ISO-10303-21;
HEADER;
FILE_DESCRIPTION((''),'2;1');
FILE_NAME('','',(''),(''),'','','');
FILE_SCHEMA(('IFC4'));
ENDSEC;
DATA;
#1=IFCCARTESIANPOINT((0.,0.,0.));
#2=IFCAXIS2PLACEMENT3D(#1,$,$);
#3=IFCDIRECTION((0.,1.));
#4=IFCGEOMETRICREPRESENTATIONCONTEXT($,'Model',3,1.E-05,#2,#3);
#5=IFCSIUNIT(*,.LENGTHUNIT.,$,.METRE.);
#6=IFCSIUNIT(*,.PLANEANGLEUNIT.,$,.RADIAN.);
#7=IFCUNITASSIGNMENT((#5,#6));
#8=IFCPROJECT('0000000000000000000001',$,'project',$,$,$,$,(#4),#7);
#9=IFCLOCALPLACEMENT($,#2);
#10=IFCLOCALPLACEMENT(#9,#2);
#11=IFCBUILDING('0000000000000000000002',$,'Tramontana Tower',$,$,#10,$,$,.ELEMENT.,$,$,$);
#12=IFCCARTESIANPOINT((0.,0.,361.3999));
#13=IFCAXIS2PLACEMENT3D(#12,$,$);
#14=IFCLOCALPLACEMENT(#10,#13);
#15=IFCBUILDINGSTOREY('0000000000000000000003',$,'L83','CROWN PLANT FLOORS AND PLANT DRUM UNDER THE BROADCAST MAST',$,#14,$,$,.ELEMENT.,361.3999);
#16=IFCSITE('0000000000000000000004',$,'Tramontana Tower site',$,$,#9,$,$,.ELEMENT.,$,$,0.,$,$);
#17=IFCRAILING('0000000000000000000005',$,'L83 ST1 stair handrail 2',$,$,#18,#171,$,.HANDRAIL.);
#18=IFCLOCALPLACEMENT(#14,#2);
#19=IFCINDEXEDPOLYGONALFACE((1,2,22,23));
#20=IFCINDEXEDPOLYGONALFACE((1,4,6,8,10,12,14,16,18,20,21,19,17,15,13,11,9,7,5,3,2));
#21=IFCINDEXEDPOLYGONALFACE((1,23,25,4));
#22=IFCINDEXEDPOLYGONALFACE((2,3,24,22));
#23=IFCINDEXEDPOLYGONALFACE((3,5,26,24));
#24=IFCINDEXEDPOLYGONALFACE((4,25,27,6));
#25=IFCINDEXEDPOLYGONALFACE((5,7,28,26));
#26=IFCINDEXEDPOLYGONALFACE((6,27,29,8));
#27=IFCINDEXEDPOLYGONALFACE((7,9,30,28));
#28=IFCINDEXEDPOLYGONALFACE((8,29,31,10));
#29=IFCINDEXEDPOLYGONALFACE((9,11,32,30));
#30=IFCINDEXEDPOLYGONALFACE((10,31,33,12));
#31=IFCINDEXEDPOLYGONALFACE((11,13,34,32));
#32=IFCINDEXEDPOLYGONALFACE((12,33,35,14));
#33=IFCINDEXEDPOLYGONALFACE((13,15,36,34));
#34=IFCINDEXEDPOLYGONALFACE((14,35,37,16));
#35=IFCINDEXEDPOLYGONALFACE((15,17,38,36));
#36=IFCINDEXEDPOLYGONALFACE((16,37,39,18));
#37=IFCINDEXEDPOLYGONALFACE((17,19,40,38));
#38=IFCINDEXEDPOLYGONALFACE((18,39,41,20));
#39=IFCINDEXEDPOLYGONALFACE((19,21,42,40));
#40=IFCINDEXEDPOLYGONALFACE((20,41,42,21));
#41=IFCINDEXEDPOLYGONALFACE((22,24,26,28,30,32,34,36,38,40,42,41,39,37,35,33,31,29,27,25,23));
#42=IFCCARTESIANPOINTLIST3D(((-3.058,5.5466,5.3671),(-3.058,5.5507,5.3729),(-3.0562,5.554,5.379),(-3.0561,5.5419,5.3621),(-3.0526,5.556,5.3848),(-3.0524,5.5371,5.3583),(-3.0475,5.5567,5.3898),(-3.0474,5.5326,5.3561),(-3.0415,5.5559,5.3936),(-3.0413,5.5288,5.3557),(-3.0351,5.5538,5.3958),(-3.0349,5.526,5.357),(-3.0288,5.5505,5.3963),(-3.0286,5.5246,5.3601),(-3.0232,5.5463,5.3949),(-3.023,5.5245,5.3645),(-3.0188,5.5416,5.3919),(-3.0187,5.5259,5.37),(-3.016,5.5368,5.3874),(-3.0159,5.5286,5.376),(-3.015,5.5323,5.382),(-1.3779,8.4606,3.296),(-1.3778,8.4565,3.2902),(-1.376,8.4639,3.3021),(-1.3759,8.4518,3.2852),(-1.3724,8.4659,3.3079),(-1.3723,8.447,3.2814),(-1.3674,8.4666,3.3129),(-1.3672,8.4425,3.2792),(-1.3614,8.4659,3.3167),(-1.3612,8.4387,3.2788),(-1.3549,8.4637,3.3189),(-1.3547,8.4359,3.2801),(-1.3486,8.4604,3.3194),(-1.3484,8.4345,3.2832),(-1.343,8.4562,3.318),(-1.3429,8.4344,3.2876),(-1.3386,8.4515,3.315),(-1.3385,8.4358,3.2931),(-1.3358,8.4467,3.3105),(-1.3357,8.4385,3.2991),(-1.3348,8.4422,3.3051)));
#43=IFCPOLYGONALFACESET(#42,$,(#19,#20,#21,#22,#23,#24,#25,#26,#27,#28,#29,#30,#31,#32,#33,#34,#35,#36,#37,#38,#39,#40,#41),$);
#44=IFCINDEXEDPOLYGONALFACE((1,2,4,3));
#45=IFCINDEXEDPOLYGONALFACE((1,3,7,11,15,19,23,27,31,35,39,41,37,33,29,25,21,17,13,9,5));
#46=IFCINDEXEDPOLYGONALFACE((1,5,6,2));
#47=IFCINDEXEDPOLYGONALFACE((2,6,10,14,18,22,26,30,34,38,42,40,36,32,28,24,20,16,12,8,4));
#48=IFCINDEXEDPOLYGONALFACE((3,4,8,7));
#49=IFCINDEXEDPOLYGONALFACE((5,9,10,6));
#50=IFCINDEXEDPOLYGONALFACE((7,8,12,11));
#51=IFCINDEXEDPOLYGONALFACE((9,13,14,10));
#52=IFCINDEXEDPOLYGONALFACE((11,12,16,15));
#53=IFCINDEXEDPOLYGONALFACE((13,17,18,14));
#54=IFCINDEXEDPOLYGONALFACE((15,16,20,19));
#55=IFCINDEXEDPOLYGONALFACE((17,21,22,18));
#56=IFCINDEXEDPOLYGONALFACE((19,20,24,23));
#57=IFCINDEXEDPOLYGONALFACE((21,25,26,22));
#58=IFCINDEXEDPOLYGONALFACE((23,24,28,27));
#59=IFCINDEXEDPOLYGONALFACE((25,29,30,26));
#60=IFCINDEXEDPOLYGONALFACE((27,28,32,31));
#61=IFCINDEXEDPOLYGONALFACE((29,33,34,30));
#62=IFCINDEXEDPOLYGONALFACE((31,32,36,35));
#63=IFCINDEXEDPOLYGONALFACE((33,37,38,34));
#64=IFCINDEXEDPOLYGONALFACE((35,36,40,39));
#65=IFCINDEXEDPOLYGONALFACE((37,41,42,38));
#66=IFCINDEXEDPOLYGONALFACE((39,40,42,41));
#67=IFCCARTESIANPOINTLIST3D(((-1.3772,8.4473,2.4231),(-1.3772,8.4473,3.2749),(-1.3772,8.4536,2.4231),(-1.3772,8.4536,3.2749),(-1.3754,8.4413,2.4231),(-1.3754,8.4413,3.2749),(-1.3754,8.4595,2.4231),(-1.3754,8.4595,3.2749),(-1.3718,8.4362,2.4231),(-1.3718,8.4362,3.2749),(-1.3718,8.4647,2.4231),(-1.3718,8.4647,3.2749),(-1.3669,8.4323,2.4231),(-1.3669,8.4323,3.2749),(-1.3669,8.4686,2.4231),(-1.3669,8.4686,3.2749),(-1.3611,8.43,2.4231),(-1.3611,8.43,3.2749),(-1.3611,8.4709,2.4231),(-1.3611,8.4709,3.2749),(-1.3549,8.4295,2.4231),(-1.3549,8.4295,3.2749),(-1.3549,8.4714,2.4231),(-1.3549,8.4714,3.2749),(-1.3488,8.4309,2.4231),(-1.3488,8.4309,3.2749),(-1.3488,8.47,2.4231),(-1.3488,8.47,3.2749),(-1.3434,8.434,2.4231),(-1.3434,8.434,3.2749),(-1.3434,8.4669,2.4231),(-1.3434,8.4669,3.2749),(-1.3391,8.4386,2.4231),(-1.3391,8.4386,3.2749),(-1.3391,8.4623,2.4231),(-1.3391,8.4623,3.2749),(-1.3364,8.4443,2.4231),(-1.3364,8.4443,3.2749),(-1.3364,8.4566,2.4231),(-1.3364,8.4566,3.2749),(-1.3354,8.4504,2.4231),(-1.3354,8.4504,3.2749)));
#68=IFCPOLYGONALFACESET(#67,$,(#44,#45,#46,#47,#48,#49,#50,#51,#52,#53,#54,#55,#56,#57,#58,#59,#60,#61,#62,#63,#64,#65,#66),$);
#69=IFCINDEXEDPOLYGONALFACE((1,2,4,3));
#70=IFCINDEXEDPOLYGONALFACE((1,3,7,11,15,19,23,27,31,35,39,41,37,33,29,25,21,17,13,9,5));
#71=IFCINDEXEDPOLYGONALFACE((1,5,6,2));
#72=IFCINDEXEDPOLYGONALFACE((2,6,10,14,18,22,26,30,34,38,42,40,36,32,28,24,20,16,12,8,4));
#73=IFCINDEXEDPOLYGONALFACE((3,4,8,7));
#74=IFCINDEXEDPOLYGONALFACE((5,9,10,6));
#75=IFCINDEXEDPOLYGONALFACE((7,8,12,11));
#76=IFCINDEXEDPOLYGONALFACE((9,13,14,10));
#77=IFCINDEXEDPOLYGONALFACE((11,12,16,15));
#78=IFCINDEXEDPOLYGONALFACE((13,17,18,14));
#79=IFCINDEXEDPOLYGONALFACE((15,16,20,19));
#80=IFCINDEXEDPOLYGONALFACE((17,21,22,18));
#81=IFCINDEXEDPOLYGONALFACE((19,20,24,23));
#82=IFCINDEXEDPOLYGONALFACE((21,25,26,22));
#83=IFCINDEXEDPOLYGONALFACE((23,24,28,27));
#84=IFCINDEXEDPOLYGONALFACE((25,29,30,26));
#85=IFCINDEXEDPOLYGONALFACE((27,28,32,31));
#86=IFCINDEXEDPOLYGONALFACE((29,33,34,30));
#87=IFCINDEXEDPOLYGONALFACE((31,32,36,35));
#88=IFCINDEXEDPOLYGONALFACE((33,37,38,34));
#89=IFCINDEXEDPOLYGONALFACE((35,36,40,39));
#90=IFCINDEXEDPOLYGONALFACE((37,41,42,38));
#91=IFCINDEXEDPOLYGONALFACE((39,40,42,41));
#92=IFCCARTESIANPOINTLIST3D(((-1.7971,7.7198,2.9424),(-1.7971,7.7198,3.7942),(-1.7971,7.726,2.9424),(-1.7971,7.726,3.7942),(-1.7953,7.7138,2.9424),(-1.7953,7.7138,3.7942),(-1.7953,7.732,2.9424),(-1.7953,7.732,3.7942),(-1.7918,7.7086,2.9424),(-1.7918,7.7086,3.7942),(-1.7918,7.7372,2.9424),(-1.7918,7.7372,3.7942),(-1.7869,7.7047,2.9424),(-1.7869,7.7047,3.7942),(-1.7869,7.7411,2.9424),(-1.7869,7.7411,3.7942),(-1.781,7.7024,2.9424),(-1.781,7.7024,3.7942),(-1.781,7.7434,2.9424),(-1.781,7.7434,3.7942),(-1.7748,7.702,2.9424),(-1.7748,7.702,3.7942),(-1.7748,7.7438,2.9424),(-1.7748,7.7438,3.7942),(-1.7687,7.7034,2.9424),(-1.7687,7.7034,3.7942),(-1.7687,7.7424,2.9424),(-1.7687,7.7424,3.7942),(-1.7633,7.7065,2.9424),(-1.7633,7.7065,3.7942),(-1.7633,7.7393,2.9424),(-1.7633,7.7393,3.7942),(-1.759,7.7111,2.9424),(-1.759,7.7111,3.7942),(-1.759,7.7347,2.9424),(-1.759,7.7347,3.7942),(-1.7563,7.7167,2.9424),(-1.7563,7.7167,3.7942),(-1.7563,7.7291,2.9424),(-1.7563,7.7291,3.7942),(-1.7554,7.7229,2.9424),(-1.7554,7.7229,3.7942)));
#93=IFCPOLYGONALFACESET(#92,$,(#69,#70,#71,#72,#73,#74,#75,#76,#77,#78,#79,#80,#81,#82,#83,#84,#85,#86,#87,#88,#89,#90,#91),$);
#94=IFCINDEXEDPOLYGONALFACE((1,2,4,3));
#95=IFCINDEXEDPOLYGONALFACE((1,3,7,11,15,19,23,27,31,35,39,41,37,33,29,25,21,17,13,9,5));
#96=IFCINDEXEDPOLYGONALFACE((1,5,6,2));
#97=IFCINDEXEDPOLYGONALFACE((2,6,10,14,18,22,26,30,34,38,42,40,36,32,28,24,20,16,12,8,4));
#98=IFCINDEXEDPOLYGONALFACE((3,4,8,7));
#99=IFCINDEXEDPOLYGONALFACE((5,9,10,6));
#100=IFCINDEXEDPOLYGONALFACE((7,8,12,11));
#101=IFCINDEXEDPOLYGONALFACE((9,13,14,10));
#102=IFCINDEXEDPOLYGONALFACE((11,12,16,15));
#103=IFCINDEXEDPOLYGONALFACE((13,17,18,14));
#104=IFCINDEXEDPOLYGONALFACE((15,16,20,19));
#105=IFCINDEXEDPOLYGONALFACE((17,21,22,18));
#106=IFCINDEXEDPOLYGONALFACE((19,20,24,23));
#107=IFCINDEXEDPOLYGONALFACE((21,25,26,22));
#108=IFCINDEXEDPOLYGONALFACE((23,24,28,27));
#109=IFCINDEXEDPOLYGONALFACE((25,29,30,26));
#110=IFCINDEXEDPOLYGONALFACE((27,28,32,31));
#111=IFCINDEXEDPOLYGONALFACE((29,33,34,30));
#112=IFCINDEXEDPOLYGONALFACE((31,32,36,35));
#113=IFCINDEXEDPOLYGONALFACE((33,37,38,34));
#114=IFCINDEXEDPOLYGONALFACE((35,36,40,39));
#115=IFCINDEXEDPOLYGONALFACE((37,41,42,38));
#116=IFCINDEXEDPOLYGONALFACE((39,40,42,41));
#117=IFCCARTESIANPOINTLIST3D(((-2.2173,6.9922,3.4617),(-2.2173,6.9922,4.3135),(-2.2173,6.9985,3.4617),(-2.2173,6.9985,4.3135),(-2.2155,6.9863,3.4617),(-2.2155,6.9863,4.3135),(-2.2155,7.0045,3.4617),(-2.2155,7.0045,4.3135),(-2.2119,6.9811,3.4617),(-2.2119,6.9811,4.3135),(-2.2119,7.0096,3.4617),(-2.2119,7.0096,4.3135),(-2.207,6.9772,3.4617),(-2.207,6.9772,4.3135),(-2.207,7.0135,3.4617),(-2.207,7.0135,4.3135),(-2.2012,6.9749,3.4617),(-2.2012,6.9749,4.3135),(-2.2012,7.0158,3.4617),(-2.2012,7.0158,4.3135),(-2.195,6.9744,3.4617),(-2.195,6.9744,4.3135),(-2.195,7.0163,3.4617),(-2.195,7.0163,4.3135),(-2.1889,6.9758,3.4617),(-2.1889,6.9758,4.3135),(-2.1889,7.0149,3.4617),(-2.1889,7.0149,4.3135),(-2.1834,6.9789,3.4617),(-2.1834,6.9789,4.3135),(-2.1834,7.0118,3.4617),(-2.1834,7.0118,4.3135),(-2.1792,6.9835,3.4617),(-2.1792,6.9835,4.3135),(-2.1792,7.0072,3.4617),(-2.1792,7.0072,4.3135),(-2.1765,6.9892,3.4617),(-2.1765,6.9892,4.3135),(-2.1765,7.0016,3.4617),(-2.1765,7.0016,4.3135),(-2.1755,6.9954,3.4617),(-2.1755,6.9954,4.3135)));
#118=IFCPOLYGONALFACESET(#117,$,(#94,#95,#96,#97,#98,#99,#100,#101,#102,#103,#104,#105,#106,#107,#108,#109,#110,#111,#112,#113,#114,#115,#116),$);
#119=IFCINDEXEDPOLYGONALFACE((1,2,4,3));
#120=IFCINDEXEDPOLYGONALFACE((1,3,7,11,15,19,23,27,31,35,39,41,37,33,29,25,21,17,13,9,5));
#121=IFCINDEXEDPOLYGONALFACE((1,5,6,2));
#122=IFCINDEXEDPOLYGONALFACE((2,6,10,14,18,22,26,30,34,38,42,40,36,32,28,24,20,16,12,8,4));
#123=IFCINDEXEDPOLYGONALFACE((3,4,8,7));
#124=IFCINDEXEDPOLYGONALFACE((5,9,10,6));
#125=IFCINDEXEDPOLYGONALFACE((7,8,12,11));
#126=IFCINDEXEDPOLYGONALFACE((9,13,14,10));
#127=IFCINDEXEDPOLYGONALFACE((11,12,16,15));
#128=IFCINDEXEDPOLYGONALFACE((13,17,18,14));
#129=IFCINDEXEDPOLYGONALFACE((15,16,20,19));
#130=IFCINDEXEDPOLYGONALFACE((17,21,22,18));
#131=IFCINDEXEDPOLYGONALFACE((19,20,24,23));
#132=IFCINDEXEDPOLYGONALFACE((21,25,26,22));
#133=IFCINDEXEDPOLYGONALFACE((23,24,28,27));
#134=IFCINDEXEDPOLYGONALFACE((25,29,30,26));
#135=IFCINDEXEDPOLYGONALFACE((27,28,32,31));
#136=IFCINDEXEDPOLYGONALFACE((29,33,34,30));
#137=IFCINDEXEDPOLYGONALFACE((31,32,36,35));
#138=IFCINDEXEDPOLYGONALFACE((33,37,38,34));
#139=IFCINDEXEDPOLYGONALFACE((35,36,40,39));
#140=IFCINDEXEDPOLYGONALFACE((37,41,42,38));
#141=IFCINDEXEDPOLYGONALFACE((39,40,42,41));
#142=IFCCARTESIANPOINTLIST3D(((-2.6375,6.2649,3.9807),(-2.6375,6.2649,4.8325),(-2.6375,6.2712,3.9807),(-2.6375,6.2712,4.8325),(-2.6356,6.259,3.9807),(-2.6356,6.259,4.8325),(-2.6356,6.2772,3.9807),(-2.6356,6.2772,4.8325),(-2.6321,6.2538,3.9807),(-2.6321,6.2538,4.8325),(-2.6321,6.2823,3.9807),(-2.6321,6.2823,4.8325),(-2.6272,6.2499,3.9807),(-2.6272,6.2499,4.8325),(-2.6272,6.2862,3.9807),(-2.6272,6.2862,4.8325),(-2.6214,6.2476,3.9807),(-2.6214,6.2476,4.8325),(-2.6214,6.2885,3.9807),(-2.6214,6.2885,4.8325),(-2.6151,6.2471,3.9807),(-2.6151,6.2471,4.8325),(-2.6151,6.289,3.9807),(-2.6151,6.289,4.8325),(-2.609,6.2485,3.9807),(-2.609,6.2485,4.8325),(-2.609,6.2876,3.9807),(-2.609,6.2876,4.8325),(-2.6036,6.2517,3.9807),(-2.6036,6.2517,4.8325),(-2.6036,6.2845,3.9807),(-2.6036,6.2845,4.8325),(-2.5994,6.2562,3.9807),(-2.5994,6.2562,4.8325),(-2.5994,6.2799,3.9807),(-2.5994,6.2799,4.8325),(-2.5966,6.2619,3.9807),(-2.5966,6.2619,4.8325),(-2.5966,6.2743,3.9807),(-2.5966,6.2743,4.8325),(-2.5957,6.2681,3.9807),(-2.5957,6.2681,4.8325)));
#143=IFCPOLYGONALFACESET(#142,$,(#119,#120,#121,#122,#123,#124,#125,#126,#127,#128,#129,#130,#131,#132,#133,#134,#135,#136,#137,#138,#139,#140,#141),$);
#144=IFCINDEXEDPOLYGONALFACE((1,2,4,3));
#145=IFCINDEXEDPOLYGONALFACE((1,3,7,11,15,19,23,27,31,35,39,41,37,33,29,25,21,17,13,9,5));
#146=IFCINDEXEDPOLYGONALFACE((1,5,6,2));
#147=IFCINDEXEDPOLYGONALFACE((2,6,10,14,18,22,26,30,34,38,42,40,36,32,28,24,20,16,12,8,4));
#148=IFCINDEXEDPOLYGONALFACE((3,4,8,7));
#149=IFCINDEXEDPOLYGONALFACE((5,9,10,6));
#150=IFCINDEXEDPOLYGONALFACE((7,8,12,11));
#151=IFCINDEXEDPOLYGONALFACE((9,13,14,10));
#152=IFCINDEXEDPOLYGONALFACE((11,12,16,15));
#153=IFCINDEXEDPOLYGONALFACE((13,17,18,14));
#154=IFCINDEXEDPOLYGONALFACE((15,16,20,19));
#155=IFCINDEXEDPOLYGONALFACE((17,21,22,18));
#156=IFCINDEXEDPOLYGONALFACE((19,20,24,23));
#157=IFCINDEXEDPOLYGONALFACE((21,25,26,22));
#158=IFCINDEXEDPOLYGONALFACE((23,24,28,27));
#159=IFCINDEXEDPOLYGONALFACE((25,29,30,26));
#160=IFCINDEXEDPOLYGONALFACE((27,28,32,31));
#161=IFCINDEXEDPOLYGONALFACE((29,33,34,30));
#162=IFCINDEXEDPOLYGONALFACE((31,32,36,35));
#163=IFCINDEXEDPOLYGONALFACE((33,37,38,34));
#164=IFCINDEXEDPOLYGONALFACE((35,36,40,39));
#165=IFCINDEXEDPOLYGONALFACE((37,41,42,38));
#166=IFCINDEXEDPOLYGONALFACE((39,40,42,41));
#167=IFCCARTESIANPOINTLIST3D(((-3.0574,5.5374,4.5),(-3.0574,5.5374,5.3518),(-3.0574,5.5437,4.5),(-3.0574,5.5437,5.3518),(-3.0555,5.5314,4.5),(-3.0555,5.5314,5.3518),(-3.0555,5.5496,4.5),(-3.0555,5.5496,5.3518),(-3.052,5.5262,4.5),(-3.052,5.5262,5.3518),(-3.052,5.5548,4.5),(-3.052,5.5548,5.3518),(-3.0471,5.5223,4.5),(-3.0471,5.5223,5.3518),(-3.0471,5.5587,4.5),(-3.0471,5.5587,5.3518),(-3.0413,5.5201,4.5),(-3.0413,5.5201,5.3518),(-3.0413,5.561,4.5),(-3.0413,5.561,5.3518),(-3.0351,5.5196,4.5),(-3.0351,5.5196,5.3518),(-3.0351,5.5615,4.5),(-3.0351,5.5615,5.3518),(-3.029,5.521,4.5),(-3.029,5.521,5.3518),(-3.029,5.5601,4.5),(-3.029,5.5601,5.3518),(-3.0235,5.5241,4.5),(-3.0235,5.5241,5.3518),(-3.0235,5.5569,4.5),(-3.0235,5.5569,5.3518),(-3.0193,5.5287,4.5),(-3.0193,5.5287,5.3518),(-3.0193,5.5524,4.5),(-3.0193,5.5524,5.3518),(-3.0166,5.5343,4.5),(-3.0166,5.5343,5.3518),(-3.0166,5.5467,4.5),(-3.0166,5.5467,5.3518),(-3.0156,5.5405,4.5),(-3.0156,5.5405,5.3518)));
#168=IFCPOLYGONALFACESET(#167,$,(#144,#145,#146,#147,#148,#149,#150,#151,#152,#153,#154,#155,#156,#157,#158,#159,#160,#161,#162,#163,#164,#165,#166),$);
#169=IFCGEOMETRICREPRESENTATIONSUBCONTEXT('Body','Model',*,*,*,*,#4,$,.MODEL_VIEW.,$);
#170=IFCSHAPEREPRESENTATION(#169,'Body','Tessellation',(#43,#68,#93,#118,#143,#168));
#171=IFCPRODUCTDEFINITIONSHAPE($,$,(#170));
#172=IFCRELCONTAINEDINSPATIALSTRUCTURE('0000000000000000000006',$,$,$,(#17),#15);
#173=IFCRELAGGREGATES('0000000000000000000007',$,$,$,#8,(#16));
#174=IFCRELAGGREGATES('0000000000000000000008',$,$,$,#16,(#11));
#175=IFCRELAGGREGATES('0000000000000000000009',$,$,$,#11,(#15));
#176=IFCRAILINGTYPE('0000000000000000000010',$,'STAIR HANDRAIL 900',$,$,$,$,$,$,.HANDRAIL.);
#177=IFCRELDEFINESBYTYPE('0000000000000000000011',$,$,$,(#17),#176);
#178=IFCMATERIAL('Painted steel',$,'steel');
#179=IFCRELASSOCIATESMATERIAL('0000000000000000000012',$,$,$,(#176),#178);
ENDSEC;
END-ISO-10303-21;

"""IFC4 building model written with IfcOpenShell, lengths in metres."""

from ifc_helpers import new_model, si_unit, direction, frame, origin, origin_2d, place, context, subcontext, project, spatial, circle, extrude, material, type_object, element, save


model = new_model("IFC4")

# Units and contexts
model_context = context("Model", 3, precision=1e-05, world=origin(), true_north=direction((0.0, 1.0)))
body_context = subcontext(model_context, "Body", "Model", "MODEL_VIEW")
ifc_project = project(units=[si_unit("LENGTHUNIT", "METRE"), si_unit("PLANEANGLEUNIT", "RADIAN")], contexts=[model_context])

# Site, building, storey
site_placement = place(None, origin())
site = spatial("IfcSite", under=ifc_project, at=site_placement, Name="Tramontana Tower site", CompositionType="ELEMENT", RefElevation=0.0)
building_placement = place(site_placement, origin())
building = spatial("IfcBuilding", under=site, at=building_placement, Name="Tramontana Tower", CompositionType="ELEMENT")
storey_placement = place(building_placement, frame((0.0, 0.0, 361.3999)))
storey = spatial("IfcBuildingStorey", under=building, at=storey_placement, Name="L83", Description="CROWN PLANT FLOORS AND PLANT DRUM UNDER THE BROADCAST MAST", CompositionType="ELEMENT", Elevation=361.3999)

# Railing
ifc_material_1 = material(Name="Painted steel", Category="steel")
railing_type_1 = type_object("IfcRailingType", Name="STAIR HANDRAIL 900", PredefinedType="HANDRAIL", material=ifc_material_1)
railing_1_placement = place(storey_placement, frame((-1.3564, 8.4504, 2.4231)))
element("IfcRailing", 1, at=railing_1_placement, inside=storey, type_object=railing_type_1, Name="L83 ST1 stair handrail 2", PredefinedType="HANDRAIL", context=body_context, shape_type="SweptSolid", body=[
    extrude(circle(Radius=0.0239, at=origin_2d()), frame((0.0, 0.0, 0.876), z_axis=(-0.425339, -0.736649, 0.525771), x_axis=(0.866008, -0.500031, 0.0)), (0.0, 0.0, 1.0), 3.9502),
    extrude(circle(Radius=0.021, at=origin_2d()), origin(), (0.0, 0.0, 1.0), 0.8518),
    extrude(circle(Radius=0.021, at=origin_2d()), frame((-0.4199, -0.7275, 0.5193)), (0.0, 0.0, 1.0), 0.8518),
    extrude(circle(Radius=0.021, at=origin_2d()), frame((-0.8401, -1.4551, 1.0386)), (0.0, 0.0, 1.0), 0.8518),
    extrude(circle(Radius=0.021, at=origin_2d()), frame((-1.2603, -2.1824, 1.5576)), (0.0, 0.0, 1.0), 0.8518),
    extrude(circle(Radius=0.021, at=origin_2d()), frame((-1.6802, -2.9099, 2.0769)), (0.0, 0.0, 1.0), 0.8518),
])

save(model, "model.ifc")
